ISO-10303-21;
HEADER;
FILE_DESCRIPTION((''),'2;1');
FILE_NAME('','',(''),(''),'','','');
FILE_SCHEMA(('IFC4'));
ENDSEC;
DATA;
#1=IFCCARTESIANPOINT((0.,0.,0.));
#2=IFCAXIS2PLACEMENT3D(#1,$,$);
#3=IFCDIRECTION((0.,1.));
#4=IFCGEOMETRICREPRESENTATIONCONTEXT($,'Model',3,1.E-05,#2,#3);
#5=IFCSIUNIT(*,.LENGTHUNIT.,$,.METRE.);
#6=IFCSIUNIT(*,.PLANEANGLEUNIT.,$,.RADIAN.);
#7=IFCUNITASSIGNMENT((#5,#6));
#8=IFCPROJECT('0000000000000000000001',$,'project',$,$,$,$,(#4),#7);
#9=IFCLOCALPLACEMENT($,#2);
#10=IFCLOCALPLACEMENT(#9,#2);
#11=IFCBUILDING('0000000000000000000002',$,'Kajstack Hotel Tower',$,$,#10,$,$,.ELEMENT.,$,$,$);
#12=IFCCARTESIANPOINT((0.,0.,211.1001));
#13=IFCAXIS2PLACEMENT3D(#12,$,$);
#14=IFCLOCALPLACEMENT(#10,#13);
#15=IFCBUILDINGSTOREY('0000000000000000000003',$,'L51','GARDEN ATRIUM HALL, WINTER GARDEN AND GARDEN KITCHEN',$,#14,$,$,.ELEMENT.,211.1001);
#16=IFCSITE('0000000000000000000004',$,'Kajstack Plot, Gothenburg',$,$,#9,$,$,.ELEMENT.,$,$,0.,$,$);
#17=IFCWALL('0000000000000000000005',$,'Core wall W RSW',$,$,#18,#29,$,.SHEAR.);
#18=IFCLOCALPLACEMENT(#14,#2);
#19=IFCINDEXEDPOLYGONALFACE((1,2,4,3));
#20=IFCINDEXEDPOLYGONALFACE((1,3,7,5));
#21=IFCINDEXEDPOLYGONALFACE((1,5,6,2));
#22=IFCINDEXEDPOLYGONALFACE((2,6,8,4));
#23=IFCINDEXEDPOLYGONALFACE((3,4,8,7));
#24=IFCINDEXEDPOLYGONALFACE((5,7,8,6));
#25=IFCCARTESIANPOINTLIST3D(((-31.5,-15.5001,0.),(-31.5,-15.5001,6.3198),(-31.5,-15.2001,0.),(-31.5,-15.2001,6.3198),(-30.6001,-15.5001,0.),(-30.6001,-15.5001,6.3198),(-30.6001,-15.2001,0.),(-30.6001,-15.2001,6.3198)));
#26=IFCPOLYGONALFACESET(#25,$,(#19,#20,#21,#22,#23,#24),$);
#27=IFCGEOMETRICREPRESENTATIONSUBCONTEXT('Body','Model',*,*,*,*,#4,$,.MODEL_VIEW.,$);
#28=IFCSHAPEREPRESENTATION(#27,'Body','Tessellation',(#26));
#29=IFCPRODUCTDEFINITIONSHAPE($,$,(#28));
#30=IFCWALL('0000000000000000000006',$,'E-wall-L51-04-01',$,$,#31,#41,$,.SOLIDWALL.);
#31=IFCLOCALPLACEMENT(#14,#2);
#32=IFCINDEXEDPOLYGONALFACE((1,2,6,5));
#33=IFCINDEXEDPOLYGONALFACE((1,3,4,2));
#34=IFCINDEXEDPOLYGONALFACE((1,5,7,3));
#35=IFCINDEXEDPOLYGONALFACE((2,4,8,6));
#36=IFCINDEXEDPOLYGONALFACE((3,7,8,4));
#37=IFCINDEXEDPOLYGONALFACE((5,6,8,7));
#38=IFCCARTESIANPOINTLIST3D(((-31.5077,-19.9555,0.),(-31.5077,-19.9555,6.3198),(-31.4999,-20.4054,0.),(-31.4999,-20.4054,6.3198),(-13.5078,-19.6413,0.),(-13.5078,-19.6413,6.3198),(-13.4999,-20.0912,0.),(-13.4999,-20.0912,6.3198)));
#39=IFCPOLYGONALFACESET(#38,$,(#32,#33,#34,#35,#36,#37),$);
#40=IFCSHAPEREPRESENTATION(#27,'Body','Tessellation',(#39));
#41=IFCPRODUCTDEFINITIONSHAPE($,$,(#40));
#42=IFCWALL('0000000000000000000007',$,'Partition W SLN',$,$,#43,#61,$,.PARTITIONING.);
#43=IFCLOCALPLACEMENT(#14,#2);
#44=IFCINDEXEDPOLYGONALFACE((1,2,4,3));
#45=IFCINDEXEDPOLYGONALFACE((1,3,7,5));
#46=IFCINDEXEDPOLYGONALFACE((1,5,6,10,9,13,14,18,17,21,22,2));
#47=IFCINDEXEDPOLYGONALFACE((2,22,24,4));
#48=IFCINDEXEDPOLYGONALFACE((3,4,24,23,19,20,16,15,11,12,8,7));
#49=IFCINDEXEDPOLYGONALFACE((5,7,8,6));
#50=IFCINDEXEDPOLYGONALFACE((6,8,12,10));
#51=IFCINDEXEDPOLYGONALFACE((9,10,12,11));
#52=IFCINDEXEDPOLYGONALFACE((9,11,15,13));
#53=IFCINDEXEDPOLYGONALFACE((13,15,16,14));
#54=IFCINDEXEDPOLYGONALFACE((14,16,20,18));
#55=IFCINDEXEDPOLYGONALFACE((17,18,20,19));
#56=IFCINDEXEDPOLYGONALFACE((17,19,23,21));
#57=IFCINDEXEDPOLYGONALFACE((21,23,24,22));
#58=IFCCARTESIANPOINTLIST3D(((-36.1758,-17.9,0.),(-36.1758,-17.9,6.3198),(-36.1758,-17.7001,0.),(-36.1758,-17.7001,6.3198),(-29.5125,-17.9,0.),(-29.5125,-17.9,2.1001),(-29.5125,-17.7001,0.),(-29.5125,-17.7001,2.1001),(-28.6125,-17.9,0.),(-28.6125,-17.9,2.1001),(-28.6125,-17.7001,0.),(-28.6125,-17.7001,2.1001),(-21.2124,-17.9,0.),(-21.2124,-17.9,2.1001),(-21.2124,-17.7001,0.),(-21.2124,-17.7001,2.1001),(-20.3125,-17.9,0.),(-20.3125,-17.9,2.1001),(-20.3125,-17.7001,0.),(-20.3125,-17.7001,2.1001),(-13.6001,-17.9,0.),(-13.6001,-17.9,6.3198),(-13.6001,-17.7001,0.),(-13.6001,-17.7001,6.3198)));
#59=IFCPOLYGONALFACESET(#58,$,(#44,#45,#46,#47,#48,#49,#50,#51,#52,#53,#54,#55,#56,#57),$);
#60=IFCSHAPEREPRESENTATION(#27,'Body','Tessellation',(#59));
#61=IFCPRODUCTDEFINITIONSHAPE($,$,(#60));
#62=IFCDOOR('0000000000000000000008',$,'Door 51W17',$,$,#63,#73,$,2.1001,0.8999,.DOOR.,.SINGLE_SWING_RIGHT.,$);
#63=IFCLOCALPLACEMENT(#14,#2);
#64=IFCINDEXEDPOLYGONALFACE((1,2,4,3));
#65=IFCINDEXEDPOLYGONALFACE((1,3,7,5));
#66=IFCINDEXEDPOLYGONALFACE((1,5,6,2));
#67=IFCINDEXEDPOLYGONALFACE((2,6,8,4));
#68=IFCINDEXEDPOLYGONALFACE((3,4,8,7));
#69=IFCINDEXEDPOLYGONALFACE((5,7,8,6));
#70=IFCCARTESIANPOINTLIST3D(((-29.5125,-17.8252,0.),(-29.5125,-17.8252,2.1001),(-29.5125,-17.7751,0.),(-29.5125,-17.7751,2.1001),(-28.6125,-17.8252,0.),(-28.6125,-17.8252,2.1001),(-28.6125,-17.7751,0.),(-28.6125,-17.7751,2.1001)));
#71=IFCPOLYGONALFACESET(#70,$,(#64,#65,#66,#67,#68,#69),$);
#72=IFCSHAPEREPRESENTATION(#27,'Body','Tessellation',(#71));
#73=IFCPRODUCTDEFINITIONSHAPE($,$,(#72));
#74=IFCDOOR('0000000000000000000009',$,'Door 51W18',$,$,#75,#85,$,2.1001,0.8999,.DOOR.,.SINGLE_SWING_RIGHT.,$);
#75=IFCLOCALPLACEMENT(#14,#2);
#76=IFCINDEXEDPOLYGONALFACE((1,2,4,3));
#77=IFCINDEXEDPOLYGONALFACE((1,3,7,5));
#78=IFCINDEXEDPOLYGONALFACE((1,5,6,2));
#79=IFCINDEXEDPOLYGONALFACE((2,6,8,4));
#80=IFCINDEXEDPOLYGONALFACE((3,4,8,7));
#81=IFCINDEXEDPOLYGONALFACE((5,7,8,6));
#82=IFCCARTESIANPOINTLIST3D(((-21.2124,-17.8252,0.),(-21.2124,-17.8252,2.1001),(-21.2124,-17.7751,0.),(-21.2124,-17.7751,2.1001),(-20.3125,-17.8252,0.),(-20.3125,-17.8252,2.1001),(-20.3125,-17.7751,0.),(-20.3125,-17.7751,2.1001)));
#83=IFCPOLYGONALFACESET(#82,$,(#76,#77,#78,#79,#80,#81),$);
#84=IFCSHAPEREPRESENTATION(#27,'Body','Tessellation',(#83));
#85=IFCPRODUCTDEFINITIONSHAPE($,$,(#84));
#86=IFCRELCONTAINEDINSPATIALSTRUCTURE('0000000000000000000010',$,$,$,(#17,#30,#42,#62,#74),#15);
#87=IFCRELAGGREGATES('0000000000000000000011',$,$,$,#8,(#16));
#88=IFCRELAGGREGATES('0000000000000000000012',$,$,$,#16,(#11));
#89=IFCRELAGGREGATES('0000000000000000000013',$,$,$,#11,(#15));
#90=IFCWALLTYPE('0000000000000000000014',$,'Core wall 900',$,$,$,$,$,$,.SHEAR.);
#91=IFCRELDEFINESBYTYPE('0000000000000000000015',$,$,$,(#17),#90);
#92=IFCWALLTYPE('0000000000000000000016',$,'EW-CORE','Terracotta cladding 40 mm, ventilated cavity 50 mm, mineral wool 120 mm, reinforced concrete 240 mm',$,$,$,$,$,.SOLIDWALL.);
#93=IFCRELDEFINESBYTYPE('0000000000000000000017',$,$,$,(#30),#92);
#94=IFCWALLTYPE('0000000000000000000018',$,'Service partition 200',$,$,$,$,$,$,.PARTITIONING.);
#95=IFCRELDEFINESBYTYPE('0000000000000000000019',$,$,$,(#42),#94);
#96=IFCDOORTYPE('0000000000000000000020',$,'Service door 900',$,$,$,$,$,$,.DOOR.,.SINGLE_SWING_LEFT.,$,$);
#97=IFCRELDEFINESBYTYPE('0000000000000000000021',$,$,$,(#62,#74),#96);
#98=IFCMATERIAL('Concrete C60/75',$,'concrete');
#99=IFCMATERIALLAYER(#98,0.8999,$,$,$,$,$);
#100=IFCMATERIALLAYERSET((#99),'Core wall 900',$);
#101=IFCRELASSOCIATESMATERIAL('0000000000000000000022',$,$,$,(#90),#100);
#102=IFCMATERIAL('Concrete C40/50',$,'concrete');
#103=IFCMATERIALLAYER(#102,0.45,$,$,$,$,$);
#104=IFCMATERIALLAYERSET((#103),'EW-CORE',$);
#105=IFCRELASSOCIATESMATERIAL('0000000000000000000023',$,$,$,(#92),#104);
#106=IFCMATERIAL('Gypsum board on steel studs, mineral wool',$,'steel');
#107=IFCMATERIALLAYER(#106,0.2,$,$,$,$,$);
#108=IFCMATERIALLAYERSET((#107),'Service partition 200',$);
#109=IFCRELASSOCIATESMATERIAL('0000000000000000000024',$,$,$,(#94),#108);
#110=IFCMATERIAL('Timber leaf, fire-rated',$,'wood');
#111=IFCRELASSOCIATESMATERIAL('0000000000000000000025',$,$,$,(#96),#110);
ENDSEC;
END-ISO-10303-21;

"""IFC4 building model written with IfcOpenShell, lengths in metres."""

from ifc_helpers import new_model, si_unit, direction, frame, frame_2d, origin, place, context, subcontext, project, spatial, rectangle, extrude, material, layer, layer_set, type_object, element, fill, save


model = new_model("IFC4")

# Units and contexts
model_context = context("Model", 3, precision=1e-05, world=origin(), true_north=direction((0.0, 1.0)))
body_context = subcontext(model_context, "Body", "Model", "MODEL_VIEW")
ifc_project = project(units=[si_unit("LENGTHUNIT", "METRE"), si_unit("PLANEANGLEUNIT", "RADIAN")], contexts=[model_context])

# Site, building, storey
site_placement = place(None, origin())
site = spatial("IfcSite", under=ifc_project, at=site_placement, Name="Kajstack Plot, Gothenburg", CompositionType="ELEMENT", RefElevation=0.0)
building_placement = place(site_placement, origin())
building = spatial("IfcBuilding", under=site, at=building_placement, Name="Kajstack Hotel Tower", CompositionType="ELEMENT")
storey_placement = place(building_placement, frame((0.0, 0.0, 211.1001)))
storey = spatial("IfcBuildingStorey", under=building, at=storey_placement, Name="L51", Description="GARDEN ATRIUM HALL, WINTER GARDEN AND GARDEN KITCHEN", CompositionType="ELEMENT", Elevation=211.1001)

# Walls
ifc_material_1 = material(Name="Concrete C60/75", Category="concrete")
ifc_layer_1 = layer(ifc_material_1, 0.8999)
ifc_layer_set_1 = layer_set([ifc_layer_1], Name="Core wall 900")
wall_type_1 = type_object("IfcWallType", Name="Core wall 900", PredefinedType="SHEAR", material=ifc_layer_set_1)
wall_1_placement = place(storey_placement, frame((-31.5, -15.3501, 0.0), z_axis=(0.0, 0.0, 1.0), x_axis=(1.0, 0.0, 0.0)))
element("IfcWall", 1, at=wall_1_placement, inside=storey, type_object=wall_type_1, Name="Core wall W RSW", PredefinedType="SHEAR", context=body_context, shape_type="SweptSolid", body=[
    extrude(rectangle(XDim=0.8999, YDim=0.3, at=frame_2d((0.45, 0.0))), origin(), (0.0, 0.0, 1.0), 6.3198),
])
ifc_material_2 = material(Name="Concrete C40/50", Category="concrete")
ifc_layer_2 = layer(ifc_material_2, 0.45)
ifc_layer_set_2 = layer_set([ifc_layer_2], Name="EW-CORE")
wall_type_2 = type_object("IfcWallType", Name="EW-CORE", Description="Terracotta cladding 40 mm, ventilated cavity 50 mm, mineral wool 120 mm, reinforced concrete 240 mm", PredefinedType="SOLIDWALL", material=ifc_layer_set_2)
wall_2_placement = place(storey_placement, frame((-31.5039, -20.1804, 0.0), z_axis=(0.0, 0.0, 1.0), x_axis=(0.999848, 0.017453, 0.0)))
element("IfcWall", 2, at=wall_2_placement, inside=storey, type_object=wall_type_2, Name="E-wall-L51-04-01", PredefinedType="SOLIDWALL", context=body_context, shape_type="SweptSolid", body=[
    extrude(rectangle(XDim=18.0027, YDim=0.45, at=frame_2d((9.0015, 0.0))), origin(), (0.0, 0.0, 1.0), 6.3198),
])

# Wall, openings, doors
ifc_material_3 = material(Name="Gypsum board on steel studs, mineral wool", Category="steel")
ifc_layer_3 = layer(ifc_material_3, 0.2)
ifc_layer_set_3 = layer_set([ifc_layer_3], Name="Service partition 200")
wall_type_3 = type_object("IfcWallType", Name="Service partition 200", PredefinedType="PARTITIONING", material=ifc_layer_set_3)
wall_3_placement = place(storey_placement, frame((-36.1758, -17.8, 0.0), z_axis=(0.0, 0.0, 1.0), x_axis=(1.0, 0.0, 0.0)))
wall_3 = element("IfcWall", 3, at=wall_3_placement, inside=storey, type_object=wall_type_3, Name="Partition W SLN", PredefinedType="PARTITIONING", context=body_context, shape_type="SweptSolid", body=[
    extrude(rectangle(XDim=22.5757, YDim=0.2, at=frame_2d((11.2878, 0.0))), origin(), (0.0, 0.0, 1.0), 6.3198),
])
opening_1_placement = place(wall_3_placement, frame((6.6633, 0.0, 0.0)))
opening_1 = element("IfcOpeningElement", 4, at=opening_1_placement, cuts=wall_3, PredefinedType="OPENING", context=body_context, shape_type="SweptSolid", body=[
    extrude(rectangle(XDim=0.8999, YDim=2.1001, at=frame_2d((0.45, 1.05))), frame((0.0, 0.1099, 0.0), z_axis=(0.0, -1.0, 0.0), x_axis=(1.0, 0.0, 0.0)), (0.0, 0.0, 1.0), 0.22),
])
opening_2_placement = place(wall_3_placement, frame((14.9634, 0.0, 0.0)))
opening_2 = element("IfcOpeningElement", 5, at=opening_2_placement, cuts=wall_3, PredefinedType="OPENING", context=body_context, shape_type="SweptSolid", body=[
    extrude(rectangle(XDim=0.8999, YDim=2.1001, at=frame_2d((0.45, 1.05))), frame((0.0, 0.1099, 0.0), z_axis=(0.0, -1.0, 0.0), x_axis=(1.0, 0.0, 0.0)), (0.0, 0.0, 1.0), 0.22),
])
ifc_material_4 = material(Name="Timber leaf, fire-rated", Category="wood")
door_type = type_object("IfcDoorType", Name="Service door 900", OperationType="SINGLE_SWING_LEFT", PredefinedType="DOOR", material=ifc_material_4)
door_1_placement = place(opening_1_placement, origin())
door_1 = element("IfcDoor", 6, at=door_1_placement, inside=storey, type_object=door_type, Name="Door 51W17", OperationType="SINGLE_SWING_RIGHT", OverallHeight=2.1001, OverallWidth=0.8999, PredefinedType="DOOR", context=body_context, shape_type="SweptSolid", body=[
    extrude(rectangle(XDim=0.8999, YDim=2.1001, at=frame_2d((0.45, 1.05))), frame((0.0, 0.0249, 0.0), z_axis=(0.0, -1.0, 0.0), x_axis=(1.0, 0.0, 0.0)), (0.0, 0.0, 1.0), 0.05),
])
fill(opening_1, door_1)
door_2_placement = place(opening_2_placement, origin())
door_2 = element("IfcDoor", 7, at=door_2_placement, inside=storey, type_object=door_type, Name="Door 51W18", OperationType="SINGLE_SWING_RIGHT", OverallHeight=2.1001, OverallWidth=0.8999, PredefinedType="DOOR", context=body_context, shape_type="SweptSolid", body=[
    extrude(rectangle(XDim=0.8999, YDim=2.1001, at=frame_2d((0.45, 1.05))), frame((0.0, 0.0249, 0.0), z_axis=(0.0, -1.0, 0.0), x_axis=(1.0, 0.0, 0.0)), (0.0, 0.0, 1.0), 0.05),
])
fill(opening_2, door_2)

save(model, "model.ifc")
